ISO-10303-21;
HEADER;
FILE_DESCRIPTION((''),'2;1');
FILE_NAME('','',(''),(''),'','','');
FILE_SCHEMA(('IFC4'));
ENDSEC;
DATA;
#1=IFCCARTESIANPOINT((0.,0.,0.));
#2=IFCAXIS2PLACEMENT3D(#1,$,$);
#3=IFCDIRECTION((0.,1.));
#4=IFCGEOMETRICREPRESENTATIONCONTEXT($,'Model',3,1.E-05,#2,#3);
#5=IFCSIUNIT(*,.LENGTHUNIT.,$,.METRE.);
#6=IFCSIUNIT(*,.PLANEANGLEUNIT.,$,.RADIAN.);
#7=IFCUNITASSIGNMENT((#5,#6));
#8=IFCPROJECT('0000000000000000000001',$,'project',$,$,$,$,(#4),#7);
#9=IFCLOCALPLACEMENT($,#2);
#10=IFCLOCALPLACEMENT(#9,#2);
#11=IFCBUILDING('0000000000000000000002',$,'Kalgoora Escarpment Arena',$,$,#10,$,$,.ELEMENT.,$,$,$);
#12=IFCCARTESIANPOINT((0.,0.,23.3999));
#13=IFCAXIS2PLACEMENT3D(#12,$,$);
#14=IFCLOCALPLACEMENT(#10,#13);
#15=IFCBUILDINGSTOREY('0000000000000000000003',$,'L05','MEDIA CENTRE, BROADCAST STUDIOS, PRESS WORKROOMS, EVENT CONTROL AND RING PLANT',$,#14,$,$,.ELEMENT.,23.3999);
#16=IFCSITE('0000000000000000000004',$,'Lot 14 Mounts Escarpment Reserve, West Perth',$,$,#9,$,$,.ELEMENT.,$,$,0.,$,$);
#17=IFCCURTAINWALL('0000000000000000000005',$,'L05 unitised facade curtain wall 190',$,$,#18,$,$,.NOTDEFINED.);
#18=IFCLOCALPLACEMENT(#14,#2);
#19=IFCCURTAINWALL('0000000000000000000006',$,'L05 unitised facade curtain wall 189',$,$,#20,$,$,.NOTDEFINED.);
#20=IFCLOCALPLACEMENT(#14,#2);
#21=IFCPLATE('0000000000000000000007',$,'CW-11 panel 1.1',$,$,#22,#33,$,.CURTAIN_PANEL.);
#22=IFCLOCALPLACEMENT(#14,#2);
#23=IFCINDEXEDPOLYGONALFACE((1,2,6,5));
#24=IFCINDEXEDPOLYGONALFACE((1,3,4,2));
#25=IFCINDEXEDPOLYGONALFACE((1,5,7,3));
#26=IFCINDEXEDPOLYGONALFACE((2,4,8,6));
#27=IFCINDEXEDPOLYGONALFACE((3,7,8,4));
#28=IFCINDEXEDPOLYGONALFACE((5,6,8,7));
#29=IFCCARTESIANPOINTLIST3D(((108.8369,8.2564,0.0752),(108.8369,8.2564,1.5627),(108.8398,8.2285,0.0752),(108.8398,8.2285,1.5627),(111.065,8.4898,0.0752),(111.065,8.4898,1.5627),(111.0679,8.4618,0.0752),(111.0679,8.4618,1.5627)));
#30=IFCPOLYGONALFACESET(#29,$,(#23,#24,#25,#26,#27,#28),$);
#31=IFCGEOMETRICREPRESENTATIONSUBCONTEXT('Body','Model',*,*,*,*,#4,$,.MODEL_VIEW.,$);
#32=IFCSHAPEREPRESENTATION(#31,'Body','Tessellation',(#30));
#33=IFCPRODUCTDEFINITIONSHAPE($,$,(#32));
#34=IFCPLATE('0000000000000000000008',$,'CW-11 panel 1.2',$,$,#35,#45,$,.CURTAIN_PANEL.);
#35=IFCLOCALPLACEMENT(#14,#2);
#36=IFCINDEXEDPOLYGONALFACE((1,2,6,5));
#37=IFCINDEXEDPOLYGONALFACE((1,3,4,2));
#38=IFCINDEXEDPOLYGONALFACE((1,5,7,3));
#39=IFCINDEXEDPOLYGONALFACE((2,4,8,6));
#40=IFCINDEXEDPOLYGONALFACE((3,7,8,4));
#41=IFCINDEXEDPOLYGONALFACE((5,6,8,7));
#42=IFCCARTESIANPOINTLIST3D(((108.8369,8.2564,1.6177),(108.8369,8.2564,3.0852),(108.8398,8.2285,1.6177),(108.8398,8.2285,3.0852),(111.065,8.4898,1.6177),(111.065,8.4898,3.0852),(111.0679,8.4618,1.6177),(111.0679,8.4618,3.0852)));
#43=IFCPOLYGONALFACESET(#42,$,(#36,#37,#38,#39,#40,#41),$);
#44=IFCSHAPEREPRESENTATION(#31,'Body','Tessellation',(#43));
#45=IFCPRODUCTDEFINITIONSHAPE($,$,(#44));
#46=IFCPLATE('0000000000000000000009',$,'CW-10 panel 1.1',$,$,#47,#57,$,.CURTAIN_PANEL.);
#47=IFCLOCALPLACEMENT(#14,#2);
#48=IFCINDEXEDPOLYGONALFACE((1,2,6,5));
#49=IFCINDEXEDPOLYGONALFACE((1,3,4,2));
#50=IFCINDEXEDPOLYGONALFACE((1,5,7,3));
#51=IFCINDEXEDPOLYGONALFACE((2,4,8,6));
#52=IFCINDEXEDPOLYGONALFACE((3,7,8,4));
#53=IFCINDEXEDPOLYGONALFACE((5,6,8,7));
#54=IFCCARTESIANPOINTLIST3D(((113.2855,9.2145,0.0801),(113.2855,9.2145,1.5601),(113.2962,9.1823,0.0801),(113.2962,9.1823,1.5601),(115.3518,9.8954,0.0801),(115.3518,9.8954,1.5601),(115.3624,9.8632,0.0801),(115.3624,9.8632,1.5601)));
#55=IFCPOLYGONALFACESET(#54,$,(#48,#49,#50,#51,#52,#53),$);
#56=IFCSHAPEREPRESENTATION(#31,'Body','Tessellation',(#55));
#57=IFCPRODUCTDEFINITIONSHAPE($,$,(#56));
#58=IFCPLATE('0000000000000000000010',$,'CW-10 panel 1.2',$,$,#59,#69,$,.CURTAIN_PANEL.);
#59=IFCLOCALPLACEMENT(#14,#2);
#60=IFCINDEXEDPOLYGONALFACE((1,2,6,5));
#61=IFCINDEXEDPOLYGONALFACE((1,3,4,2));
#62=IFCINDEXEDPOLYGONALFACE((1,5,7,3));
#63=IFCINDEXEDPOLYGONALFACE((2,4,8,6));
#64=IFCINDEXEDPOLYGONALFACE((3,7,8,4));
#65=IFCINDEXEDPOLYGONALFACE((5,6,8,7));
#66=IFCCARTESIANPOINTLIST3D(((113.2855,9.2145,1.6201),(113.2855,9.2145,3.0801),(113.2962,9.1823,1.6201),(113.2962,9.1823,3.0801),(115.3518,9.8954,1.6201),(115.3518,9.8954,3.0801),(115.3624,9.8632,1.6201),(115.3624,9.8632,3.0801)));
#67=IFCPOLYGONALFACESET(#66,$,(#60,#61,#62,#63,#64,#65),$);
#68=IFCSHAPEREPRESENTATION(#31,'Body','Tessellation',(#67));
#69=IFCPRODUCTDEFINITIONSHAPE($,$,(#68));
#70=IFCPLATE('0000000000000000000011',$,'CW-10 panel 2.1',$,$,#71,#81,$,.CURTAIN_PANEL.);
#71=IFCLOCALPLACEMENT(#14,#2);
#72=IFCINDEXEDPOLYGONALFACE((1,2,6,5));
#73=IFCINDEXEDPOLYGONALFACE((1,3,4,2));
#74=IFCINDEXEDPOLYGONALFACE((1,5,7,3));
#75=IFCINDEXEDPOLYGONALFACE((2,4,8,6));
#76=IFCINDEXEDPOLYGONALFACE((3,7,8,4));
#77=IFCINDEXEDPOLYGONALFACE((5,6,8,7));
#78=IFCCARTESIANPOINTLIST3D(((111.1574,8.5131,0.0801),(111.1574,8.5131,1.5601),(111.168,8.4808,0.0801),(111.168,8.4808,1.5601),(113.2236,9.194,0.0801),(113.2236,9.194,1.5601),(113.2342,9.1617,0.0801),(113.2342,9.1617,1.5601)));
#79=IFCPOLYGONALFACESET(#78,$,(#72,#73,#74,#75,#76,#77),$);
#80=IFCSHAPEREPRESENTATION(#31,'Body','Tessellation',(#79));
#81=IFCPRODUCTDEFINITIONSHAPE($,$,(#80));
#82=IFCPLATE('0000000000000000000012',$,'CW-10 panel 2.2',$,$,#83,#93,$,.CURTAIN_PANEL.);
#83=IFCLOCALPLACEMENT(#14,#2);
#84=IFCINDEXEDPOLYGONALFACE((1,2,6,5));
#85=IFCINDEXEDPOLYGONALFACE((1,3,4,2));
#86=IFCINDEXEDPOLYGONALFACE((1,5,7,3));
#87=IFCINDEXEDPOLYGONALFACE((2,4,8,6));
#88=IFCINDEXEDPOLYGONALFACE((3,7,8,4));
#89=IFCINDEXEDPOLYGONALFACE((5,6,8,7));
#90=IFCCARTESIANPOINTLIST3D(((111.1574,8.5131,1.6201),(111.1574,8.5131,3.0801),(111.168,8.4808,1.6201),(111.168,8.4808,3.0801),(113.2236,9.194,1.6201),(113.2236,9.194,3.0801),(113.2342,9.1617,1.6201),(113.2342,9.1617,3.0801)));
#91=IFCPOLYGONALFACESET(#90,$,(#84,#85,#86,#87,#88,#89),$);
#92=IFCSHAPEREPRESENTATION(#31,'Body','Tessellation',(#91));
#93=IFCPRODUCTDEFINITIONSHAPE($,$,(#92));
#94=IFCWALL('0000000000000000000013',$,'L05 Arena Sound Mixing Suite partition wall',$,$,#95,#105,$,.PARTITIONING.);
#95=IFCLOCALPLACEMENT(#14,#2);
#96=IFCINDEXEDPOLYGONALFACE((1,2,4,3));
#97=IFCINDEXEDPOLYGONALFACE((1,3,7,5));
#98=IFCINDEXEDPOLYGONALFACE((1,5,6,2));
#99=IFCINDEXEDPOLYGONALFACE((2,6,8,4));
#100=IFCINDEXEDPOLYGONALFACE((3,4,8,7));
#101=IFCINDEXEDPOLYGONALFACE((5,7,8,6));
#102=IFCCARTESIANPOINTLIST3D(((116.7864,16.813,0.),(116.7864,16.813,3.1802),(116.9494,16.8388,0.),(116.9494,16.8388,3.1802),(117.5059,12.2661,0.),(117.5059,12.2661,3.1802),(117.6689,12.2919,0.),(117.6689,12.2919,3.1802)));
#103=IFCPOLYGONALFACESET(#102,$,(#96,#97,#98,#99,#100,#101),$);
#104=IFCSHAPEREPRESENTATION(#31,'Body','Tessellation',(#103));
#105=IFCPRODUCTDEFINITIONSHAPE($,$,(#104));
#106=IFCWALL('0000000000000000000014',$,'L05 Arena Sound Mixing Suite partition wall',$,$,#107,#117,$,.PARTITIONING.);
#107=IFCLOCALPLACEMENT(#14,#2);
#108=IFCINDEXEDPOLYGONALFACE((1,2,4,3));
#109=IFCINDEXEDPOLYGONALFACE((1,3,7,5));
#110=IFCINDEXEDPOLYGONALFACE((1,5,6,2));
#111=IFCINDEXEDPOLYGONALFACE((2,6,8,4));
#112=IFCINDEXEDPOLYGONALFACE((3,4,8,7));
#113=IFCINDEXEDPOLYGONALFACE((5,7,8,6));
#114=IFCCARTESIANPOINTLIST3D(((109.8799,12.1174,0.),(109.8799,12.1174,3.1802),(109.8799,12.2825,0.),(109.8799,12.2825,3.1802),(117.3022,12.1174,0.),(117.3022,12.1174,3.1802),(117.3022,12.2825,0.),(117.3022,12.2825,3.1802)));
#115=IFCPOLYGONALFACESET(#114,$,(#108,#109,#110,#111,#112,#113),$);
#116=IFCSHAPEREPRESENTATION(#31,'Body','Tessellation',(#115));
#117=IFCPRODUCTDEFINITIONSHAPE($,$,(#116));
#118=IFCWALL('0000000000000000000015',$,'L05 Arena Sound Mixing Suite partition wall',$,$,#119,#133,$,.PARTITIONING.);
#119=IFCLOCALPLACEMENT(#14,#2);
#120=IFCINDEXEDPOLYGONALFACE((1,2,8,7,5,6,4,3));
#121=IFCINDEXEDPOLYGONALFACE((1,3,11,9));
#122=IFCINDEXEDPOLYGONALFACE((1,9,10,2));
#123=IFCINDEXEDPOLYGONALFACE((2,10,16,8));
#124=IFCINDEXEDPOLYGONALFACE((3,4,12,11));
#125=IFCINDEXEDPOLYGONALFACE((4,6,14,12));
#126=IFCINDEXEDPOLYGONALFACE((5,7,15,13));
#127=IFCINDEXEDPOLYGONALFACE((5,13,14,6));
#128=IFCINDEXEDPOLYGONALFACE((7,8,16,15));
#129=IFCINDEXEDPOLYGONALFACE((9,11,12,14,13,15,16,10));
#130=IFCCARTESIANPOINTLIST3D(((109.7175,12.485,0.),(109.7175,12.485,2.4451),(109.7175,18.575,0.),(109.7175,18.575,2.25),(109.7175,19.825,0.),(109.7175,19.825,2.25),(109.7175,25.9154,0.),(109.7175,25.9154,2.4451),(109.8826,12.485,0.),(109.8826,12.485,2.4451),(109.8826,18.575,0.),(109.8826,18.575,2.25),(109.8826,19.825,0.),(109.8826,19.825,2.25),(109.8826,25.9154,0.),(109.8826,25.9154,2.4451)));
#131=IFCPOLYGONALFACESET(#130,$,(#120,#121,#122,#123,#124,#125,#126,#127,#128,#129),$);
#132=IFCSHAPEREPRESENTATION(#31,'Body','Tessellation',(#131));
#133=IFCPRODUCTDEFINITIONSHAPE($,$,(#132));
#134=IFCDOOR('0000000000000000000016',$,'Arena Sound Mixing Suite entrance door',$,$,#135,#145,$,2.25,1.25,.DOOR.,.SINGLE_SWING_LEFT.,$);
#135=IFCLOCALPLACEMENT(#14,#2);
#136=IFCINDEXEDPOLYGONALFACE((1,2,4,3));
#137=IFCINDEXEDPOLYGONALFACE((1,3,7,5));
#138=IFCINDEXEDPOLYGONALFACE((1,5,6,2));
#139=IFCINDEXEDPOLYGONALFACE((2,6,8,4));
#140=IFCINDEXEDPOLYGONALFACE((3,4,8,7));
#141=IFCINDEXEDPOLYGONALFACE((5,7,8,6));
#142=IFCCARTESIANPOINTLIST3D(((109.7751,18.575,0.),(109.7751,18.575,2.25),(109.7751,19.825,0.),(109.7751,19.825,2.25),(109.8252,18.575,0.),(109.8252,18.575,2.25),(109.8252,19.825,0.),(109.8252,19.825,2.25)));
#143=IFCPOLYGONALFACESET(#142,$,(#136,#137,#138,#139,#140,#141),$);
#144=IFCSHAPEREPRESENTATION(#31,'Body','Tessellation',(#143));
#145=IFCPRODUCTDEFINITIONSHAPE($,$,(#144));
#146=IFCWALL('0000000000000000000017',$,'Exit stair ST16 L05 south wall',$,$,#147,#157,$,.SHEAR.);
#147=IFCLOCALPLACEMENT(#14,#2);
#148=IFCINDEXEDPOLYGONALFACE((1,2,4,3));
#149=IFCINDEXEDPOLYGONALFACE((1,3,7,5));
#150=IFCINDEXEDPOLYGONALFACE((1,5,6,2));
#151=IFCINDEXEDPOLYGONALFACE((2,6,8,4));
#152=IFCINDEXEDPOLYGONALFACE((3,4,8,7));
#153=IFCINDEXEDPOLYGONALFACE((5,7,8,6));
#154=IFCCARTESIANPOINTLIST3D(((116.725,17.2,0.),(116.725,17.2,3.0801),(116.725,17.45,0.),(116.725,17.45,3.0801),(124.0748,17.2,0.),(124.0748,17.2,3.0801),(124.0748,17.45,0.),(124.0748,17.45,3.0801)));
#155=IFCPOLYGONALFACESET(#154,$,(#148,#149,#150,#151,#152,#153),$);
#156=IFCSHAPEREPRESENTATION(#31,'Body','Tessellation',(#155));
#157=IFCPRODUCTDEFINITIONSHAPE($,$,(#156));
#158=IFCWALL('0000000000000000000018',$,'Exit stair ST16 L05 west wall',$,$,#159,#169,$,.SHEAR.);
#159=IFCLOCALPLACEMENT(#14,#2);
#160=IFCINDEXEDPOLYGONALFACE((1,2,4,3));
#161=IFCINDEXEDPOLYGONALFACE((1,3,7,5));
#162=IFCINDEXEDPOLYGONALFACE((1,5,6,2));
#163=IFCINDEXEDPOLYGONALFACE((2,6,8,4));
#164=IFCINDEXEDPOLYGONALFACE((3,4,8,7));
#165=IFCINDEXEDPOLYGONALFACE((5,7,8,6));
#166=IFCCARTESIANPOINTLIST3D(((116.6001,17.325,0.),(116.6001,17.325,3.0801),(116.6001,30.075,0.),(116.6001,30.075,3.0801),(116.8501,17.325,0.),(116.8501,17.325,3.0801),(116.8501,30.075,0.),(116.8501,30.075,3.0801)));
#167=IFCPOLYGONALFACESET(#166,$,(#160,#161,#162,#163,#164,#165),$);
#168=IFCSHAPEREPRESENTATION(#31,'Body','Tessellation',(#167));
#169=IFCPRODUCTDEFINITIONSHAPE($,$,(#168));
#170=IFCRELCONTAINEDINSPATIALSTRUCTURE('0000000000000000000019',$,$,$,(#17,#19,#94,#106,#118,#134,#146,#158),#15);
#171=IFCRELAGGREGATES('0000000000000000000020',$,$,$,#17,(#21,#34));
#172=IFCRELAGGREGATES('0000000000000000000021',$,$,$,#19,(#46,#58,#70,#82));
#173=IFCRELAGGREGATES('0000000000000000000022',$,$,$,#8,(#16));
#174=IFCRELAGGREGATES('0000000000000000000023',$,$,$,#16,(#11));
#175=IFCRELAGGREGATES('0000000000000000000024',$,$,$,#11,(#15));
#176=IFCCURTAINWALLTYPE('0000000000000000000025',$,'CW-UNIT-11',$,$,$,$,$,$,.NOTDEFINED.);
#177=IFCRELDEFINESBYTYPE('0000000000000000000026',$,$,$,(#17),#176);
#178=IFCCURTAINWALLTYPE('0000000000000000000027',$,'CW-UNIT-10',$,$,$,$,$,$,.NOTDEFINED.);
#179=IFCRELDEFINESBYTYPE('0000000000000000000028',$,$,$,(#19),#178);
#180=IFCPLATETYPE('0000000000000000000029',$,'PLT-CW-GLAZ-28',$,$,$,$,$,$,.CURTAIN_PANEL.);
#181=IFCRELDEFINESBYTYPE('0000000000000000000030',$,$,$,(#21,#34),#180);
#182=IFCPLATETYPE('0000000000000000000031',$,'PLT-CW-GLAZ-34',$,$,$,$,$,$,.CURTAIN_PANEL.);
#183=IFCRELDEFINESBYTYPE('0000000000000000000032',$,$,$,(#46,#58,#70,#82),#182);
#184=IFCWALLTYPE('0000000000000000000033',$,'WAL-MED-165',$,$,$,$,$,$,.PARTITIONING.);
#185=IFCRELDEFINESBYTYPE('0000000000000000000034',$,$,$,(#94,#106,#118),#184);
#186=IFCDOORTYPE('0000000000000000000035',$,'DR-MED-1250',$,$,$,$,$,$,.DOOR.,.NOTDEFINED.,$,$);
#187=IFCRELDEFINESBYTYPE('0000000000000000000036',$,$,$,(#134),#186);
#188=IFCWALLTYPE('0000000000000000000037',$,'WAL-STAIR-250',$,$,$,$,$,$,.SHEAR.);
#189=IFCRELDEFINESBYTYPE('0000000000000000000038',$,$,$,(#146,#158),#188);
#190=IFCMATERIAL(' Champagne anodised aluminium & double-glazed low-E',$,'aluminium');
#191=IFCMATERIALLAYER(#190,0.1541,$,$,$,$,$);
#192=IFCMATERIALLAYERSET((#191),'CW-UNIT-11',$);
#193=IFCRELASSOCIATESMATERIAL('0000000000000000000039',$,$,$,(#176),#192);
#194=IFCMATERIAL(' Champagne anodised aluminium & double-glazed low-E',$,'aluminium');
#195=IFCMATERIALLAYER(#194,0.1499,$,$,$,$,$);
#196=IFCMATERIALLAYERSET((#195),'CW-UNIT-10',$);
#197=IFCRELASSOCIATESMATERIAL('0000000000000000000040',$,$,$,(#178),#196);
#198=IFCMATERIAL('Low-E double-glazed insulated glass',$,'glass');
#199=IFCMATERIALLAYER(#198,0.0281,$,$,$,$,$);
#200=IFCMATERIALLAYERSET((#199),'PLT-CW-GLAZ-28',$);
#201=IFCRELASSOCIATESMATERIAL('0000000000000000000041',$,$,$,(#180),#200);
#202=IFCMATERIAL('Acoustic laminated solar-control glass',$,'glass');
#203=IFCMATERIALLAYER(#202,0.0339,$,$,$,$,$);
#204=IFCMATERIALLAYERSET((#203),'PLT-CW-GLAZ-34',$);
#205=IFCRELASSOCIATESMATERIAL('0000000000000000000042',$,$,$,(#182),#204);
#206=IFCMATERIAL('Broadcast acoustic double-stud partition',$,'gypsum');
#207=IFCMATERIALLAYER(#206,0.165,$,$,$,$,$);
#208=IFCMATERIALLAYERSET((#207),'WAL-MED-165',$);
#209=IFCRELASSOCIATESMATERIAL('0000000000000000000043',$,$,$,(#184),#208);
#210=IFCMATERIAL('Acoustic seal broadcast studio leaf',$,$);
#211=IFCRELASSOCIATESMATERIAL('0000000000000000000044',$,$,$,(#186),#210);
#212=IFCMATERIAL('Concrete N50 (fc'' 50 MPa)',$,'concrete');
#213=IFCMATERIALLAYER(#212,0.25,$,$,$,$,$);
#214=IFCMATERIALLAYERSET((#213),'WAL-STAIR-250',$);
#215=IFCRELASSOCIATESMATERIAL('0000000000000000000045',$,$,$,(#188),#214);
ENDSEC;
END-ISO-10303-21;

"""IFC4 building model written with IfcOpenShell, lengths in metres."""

from ifc_helpers import new_model, si_unit, direction, frame, frame_2d, origin, origin_2d, place, context, subcontext, project, spatial, rectangle, extrude, material, layer, layer_set, type_object, element, fill, aggregate, save


model = new_model("IFC4")

# Units and contexts
model_context = context("Model", 3, precision=1e-05, world=origin(), true_north=direction((0.0, 1.0)))
body_context = subcontext(model_context, "Body", "Model", "MODEL_VIEW")
ifc_project = project(units=[si_unit("LENGTHUNIT", "METRE"), si_unit("PLANEANGLEUNIT", "RADIAN")], contexts=[model_context])

# Site, building, storey
site_placement = place(None, origin())
site = spatial("IfcSite", under=ifc_project, at=site_placement, Name="Lot 14 Mounts Escarpment Reserve, West Perth", CompositionType="ELEMENT", RefElevation=0.0)
building_placement = place(site_placement, origin())
building = spatial("IfcBuilding", under=site, at=building_placement, Name="Kalgoora Escarpment Arena", CompositionType="ELEMENT")
storey_placement = place(building_placement, frame((0.0, 0.0, 23.3999)))
storey = spatial("IfcBuildingStorey", under=building, at=storey_placement, Name="L05", Description="MEDIA CENTRE, BROADCAST STUDIOS, PRESS WORKROOMS, EVENT CONTROL AND RING PLANT", CompositionType="ELEMENT", Elevation=23.3999)

# Curtain wall
ifc_material_1 = material(Name=" Champagne anodised aluminium & double-glazed low-E", Category="aluminium")
ifc_layer_1 = layer(ifc_material_1, 0.1541)
ifc_layer_set_1 = layer_set([ifc_layer_1], Name="CW-UNIT-11")
curtain_wall_type_1 = type_object("IfcCurtainWallType", Name="CW-UNIT-11", PredefinedType="NOTDEFINED", material=ifc_layer_set_1)
curtain_wall_1_placement = place(storey_placement, origin())
curtain_wall_1 = element("IfcCurtainWall", 1, at=curtain_wall_1_placement, inside=storey, type_object=curtain_wall_type_1, Name="L05 unitised facade curtain wall 190", PredefinedType="NOTDEFINED")

# Curtain wall
ifc_material_2 = material(Name=" Champagne anodised aluminium & double-glazed low-E", Category="aluminium")
ifc_layer_2 = layer(ifc_material_2, 0.1499)
ifc_layer_set_2 = layer_set([ifc_layer_2], Name="CW-UNIT-10")
curtain_wall_type_2 = type_object("IfcCurtainWallType", Name="CW-UNIT-10", PredefinedType="NOTDEFINED", material=ifc_layer_set_2)
curtain_wall_2_placement = place(storey_placement, origin())
curtain_wall_2 = element("IfcCurtainWall", 2, at=curtain_wall_2_placement, inside=storey, type_object=curtain_wall_type_2, Name="L05 unitised facade curtain wall 189", PredefinedType="NOTDEFINED")

# Plates
ifc_material_3 = material(Name="Low-E double-glazed insulated glass", Category="glass")
ifc_layer_3 = layer(ifc_material_3, 0.0281)
ifc_layer_set_3 = layer_set([ifc_layer_3], Name="PLT-CW-GLAZ-28")
plate_type_1 = type_object("IfcPlateType", Name="PLT-CW-GLAZ-28", PredefinedType="CURTAIN_PANEL", material=ifc_layer_set_3)
plate_1_placement = place(storey_placement, frame((109.9524, 8.3591, 0.0752), z_axis=(0.0, 0.0, 1.0), x_axis=(-0.994561, -0.104158, 0.0)))
plate_1 = element("IfcPlate", 3, at=plate_1_placement, type_object=plate_type_1, Name="CW-11 panel 1.1", PredefinedType="CURTAIN_PANEL", context=body_context, shape_type="SweptSolid", body=[
    extrude(rectangle(XDim=2.2402, YDim=0.0281, at=origin_2d()), origin(), (0.0, 0.0, 1.0), 1.4875),
])
plate_2_placement = place(storey_placement, frame((109.9524, 8.3591, 1.6177), z_axis=(0.0, 0.0, 1.0), x_axis=(-0.994561, -0.104158, 0.0)))
plate_2 = element("IfcPlate", 4, at=plate_2_placement, type_object=plate_type_1, Name="CW-11 panel 1.2", PredefinedType="CURTAIN_PANEL", context=body_context, shape_type="SweptSolid", body=[
    extrude(rectangle(XDim=2.2402, YDim=0.0281, at=origin_2d()), origin(), (0.0, 0.0, 1.0), 1.4675),
])
aggregate(curtain_wall_1, [plate_1, plate_2])
ifc_material_4 = material(Name="Acoustic laminated solar-control glass", Category="glass")
ifc_layer_4 = layer(ifc_material_4, 0.0339)
ifc_layer_set_4 = layer_set([ifc_layer_4], Name="PLT-CW-GLAZ-34")
plate_type_2 = type_object("IfcPlateType", Name="PLT-CW-GLAZ-34", PredefinedType="CURTAIN_PANEL", material=ifc_layer_set_4)
plate_3_placement = place(storey_placement, frame((114.324, 9.5388, 0.0801), z_axis=(0.0, 0.0, 1.0), x_axis=(-0.94976, -0.312979, 0.0)))
plate_3 = element("IfcPlate", 5, at=plate_3_placement, type_object=plate_type_2, Name="CW-10 panel 1.1", PredefinedType="CURTAIN_PANEL", context=body_context, shape_type="SweptSolid", body=[
    extrude(rectangle(XDim=2.1755, YDim=0.0339, at=origin_2d()), origin(), (0.0, 0.0, 1.0), 1.48),
])
plate_4_placement = place(storey_placement, frame((114.324, 9.5388, 1.6201), z_axis=(0.0, 0.0, 1.0), x_axis=(-0.94976, -0.312979, 0.0)))
plate_4 = element("IfcPlate", 6, at=plate_4_placement, type_object=plate_type_2, Name="CW-10 panel 1.2", PredefinedType="CURTAIN_PANEL", context=body_context, shape_type="SweptSolid", body=[
    extrude(rectangle(XDim=2.1755, YDim=0.0339, at=origin_2d()), origin(), (0.0, 0.0, 1.0), 1.46),
])
plate_5_placement = place(storey_placement, frame((112.1958, 8.8374, 0.0801), z_axis=(0.0, 0.0, 1.0), x_axis=(-0.94976, -0.312979, 0.0)))
plate_5 = element("IfcPlate", 7, at=plate_5_placement, type_object=plate_type_2, Name="CW-10 panel 2.1", PredefinedType="CURTAIN_PANEL", context=body_context, shape_type="SweptSolid", body=[
    extrude(rectangle(XDim=2.1755, YDim=0.0339, at=origin_2d()), origin(), (0.0, 0.0, 1.0), 1.48),
])
plate_6_placement = place(storey_placement, frame((112.1958, 8.8374, 1.6201), z_axis=(0.0, 0.0, 1.0), x_axis=(-0.94976, -0.312979, 0.0)))
plate_6 = element("IfcPlate", 8, at=plate_6_placement, type_object=plate_type_2, Name="CW-10 panel 2.2", PredefinedType="CURTAIN_PANEL", context=body_context, shape_type="SweptSolid", body=[
    extrude(rectangle(XDim=2.1755, YDim=0.0339, at=origin_2d()), origin(), (0.0, 0.0, 1.0), 1.46),
])
aggregate(curtain_wall_2, [plate_3, plate_4, plate_5, plate_6])

# Walls
ifc_material_5 = material(Name="Broadcast acoustic double-stud partition", Category="gypsum")
ifc_layer_5 = layer(ifc_material_5, 0.165)
ifc_layer_set_5 = layer_set([ifc_layer_5], Name="WAL-MED-165")
wall_type_1 = type_object("IfcWallType", Name="WAL-MED-165", PredefinedType="PARTITIONING", material=ifc_layer_set_5)
wall_1_placement = place(storey_placement, frame((116.8679, 16.8259, 0.0), z_axis=(0.0, 0.0, 1.0), x_axis=(0.156292, -0.987711, 0.0)))
element("IfcWall", 9, at=wall_1_placement, inside=storey, type_object=wall_type_1, Name="L05 Arena Sound Mixing Suite partition wall", PredefinedType="PARTITIONING", context=body_context, shape_type="SweptSolid", body=[
    extrude(rectangle(XDim=4.6035, YDim=0.165, at=frame_2d((2.3018, 0.0))), origin(), (0.0, 0.0, 1.0), 3.1802),
])
wall_2_placement = place(storey_placement, frame((117.3022, 12.2, 0.0), z_axis=(0.0, 0.0, 1.0), x_axis=(-1.0, 0.0, 0.0)))
element("IfcWall", 10, at=wall_2_placement, inside=storey, type_object=wall_type_1, Name="L05 Arena Sound Mixing Suite partition wall", PredefinedType="PARTITIONING", context=body_context, shape_type="SweptSolid", body=[
    extrude(rectangle(XDim=7.4224, YDim=0.165, at=frame_2d((3.7112, 0.0))), origin(), (0.0, 0.0, 1.0), 3.1802),
])

# Wall, opening, door
wall_3_placement = place(storey_placement, frame((109.8, 12.4849, 0.0), z_axis=(0.0, 0.0, 1.0), x_axis=(0.0, 1.0, 0.0)))
wall_3 = element("IfcWall", 11, at=wall_3_placement, inside=storey, type_object=wall_type_1, Name="L05 Arena Sound Mixing Suite partition wall", PredefinedType="PARTITIONING", context=body_context, shape_type="SweptSolid", body=[
    extrude(rectangle(XDim=13.4304, YDim=0.165, at=frame_2d((6.7153, 0.0))), origin(), (0.0, 0.0, 1.0), 2.4451),
])
opening_placement = place(wall_3_placement, frame((6.0901, 0.0, 0.0)))
opening = element("IfcOpeningElement", 12, at=opening_placement, cuts=wall_3, PredefinedType="OPENING", context=body_context, shape_type="SweptSolid", body=[
    extrude(rectangle(XDim=1.25, YDim=2.25, at=frame_2d((0.625, 1.125))), frame((0.0, 0.0925, 0.0), z_axis=(0.0, -1.0, 0.0), x_axis=(1.0, 0.0, 0.0)), (0.0, 0.0, 1.0), 0.1851),
])
ifc_material_6 = material(Name="Acoustic seal broadcast studio leaf")
door_type = type_object("IfcDoorType", Name="DR-MED-1250", OperationType="NOTDEFINED", PredefinedType="DOOR", material=ifc_material_6)
door_placement = place(opening_placement, origin())
door = element("IfcDoor", 13, at=door_placement, inside=storey, type_object=door_type, Name="Arena Sound Mixing Suite entrance door", OperationType="SINGLE_SWING_LEFT", OverallHeight=2.25, OverallWidth=1.25, PredefinedType="DOOR", context=body_context, shape_type="SweptSolid", body=[
    extrude(rectangle(XDim=1.25, YDim=2.25, at=frame_2d((0.625, 1.125))), frame((0.0, 0.0249, 0.0), z_axis=(0.0, -1.0, 0.0), x_axis=(1.0, 0.0, 0.0)), (0.0, 0.0, 1.0), 0.05),
])
fill(opening, door)

# Walls
ifc_material_7 = material(Name="Concrete N50 (fc' 50 MPa)", Category="concrete")
ifc_layer_6 = layer(ifc_material_7, 0.25)
ifc_layer_set_6 = layer_set([ifc_layer_6], Name="WAL-STAIR-250")
wall_type_2 = type_object("IfcWallType", Name="WAL-STAIR-250", PredefinedType="SHEAR", material=ifc_layer_set_6)
wall_4_placement = place(storey_placement, frame((116.7251, 17.325, 0.0), z_axis=(0.0, 0.0, 1.0), x_axis=(1.0, 0.0, 0.0)))
element("IfcWall", 14, at=wall_4_placement, inside=storey, type_object=wall_type_2, Name="Exit stair ST16 L05 south wall", PredefinedType="SHEAR", context=body_context, shape_type="SweptSolid", body=[
    extrude(rectangle(XDim=7.3499, YDim=0.25, at=frame_2d((3.6748, 0.0))), origin(), (0.0, 0.0, 1.0), 3.0801),
])
wall_5_placement = place(storey_placement, frame((116.7251, 17.325, 0.0), z_axis=(0.0, 0.0, 1.0), x_axis=(0.0, 1.0, 0.0)))
element("IfcWall", 15, at=wall_5_placement, inside=storey, type_object=wall_type_2, Name="Exit stair ST16 L05 west wall", PredefinedType="SHEAR", context=body_context, shape_type="SweptSolid", body=[
    extrude(rectangle(XDim=12.75, YDim=0.25, at=frame_2d((6.375, 0.0))), origin(), (0.0, 0.0, 1.0), 3.0801),
])

save(model, "model.ifc")
